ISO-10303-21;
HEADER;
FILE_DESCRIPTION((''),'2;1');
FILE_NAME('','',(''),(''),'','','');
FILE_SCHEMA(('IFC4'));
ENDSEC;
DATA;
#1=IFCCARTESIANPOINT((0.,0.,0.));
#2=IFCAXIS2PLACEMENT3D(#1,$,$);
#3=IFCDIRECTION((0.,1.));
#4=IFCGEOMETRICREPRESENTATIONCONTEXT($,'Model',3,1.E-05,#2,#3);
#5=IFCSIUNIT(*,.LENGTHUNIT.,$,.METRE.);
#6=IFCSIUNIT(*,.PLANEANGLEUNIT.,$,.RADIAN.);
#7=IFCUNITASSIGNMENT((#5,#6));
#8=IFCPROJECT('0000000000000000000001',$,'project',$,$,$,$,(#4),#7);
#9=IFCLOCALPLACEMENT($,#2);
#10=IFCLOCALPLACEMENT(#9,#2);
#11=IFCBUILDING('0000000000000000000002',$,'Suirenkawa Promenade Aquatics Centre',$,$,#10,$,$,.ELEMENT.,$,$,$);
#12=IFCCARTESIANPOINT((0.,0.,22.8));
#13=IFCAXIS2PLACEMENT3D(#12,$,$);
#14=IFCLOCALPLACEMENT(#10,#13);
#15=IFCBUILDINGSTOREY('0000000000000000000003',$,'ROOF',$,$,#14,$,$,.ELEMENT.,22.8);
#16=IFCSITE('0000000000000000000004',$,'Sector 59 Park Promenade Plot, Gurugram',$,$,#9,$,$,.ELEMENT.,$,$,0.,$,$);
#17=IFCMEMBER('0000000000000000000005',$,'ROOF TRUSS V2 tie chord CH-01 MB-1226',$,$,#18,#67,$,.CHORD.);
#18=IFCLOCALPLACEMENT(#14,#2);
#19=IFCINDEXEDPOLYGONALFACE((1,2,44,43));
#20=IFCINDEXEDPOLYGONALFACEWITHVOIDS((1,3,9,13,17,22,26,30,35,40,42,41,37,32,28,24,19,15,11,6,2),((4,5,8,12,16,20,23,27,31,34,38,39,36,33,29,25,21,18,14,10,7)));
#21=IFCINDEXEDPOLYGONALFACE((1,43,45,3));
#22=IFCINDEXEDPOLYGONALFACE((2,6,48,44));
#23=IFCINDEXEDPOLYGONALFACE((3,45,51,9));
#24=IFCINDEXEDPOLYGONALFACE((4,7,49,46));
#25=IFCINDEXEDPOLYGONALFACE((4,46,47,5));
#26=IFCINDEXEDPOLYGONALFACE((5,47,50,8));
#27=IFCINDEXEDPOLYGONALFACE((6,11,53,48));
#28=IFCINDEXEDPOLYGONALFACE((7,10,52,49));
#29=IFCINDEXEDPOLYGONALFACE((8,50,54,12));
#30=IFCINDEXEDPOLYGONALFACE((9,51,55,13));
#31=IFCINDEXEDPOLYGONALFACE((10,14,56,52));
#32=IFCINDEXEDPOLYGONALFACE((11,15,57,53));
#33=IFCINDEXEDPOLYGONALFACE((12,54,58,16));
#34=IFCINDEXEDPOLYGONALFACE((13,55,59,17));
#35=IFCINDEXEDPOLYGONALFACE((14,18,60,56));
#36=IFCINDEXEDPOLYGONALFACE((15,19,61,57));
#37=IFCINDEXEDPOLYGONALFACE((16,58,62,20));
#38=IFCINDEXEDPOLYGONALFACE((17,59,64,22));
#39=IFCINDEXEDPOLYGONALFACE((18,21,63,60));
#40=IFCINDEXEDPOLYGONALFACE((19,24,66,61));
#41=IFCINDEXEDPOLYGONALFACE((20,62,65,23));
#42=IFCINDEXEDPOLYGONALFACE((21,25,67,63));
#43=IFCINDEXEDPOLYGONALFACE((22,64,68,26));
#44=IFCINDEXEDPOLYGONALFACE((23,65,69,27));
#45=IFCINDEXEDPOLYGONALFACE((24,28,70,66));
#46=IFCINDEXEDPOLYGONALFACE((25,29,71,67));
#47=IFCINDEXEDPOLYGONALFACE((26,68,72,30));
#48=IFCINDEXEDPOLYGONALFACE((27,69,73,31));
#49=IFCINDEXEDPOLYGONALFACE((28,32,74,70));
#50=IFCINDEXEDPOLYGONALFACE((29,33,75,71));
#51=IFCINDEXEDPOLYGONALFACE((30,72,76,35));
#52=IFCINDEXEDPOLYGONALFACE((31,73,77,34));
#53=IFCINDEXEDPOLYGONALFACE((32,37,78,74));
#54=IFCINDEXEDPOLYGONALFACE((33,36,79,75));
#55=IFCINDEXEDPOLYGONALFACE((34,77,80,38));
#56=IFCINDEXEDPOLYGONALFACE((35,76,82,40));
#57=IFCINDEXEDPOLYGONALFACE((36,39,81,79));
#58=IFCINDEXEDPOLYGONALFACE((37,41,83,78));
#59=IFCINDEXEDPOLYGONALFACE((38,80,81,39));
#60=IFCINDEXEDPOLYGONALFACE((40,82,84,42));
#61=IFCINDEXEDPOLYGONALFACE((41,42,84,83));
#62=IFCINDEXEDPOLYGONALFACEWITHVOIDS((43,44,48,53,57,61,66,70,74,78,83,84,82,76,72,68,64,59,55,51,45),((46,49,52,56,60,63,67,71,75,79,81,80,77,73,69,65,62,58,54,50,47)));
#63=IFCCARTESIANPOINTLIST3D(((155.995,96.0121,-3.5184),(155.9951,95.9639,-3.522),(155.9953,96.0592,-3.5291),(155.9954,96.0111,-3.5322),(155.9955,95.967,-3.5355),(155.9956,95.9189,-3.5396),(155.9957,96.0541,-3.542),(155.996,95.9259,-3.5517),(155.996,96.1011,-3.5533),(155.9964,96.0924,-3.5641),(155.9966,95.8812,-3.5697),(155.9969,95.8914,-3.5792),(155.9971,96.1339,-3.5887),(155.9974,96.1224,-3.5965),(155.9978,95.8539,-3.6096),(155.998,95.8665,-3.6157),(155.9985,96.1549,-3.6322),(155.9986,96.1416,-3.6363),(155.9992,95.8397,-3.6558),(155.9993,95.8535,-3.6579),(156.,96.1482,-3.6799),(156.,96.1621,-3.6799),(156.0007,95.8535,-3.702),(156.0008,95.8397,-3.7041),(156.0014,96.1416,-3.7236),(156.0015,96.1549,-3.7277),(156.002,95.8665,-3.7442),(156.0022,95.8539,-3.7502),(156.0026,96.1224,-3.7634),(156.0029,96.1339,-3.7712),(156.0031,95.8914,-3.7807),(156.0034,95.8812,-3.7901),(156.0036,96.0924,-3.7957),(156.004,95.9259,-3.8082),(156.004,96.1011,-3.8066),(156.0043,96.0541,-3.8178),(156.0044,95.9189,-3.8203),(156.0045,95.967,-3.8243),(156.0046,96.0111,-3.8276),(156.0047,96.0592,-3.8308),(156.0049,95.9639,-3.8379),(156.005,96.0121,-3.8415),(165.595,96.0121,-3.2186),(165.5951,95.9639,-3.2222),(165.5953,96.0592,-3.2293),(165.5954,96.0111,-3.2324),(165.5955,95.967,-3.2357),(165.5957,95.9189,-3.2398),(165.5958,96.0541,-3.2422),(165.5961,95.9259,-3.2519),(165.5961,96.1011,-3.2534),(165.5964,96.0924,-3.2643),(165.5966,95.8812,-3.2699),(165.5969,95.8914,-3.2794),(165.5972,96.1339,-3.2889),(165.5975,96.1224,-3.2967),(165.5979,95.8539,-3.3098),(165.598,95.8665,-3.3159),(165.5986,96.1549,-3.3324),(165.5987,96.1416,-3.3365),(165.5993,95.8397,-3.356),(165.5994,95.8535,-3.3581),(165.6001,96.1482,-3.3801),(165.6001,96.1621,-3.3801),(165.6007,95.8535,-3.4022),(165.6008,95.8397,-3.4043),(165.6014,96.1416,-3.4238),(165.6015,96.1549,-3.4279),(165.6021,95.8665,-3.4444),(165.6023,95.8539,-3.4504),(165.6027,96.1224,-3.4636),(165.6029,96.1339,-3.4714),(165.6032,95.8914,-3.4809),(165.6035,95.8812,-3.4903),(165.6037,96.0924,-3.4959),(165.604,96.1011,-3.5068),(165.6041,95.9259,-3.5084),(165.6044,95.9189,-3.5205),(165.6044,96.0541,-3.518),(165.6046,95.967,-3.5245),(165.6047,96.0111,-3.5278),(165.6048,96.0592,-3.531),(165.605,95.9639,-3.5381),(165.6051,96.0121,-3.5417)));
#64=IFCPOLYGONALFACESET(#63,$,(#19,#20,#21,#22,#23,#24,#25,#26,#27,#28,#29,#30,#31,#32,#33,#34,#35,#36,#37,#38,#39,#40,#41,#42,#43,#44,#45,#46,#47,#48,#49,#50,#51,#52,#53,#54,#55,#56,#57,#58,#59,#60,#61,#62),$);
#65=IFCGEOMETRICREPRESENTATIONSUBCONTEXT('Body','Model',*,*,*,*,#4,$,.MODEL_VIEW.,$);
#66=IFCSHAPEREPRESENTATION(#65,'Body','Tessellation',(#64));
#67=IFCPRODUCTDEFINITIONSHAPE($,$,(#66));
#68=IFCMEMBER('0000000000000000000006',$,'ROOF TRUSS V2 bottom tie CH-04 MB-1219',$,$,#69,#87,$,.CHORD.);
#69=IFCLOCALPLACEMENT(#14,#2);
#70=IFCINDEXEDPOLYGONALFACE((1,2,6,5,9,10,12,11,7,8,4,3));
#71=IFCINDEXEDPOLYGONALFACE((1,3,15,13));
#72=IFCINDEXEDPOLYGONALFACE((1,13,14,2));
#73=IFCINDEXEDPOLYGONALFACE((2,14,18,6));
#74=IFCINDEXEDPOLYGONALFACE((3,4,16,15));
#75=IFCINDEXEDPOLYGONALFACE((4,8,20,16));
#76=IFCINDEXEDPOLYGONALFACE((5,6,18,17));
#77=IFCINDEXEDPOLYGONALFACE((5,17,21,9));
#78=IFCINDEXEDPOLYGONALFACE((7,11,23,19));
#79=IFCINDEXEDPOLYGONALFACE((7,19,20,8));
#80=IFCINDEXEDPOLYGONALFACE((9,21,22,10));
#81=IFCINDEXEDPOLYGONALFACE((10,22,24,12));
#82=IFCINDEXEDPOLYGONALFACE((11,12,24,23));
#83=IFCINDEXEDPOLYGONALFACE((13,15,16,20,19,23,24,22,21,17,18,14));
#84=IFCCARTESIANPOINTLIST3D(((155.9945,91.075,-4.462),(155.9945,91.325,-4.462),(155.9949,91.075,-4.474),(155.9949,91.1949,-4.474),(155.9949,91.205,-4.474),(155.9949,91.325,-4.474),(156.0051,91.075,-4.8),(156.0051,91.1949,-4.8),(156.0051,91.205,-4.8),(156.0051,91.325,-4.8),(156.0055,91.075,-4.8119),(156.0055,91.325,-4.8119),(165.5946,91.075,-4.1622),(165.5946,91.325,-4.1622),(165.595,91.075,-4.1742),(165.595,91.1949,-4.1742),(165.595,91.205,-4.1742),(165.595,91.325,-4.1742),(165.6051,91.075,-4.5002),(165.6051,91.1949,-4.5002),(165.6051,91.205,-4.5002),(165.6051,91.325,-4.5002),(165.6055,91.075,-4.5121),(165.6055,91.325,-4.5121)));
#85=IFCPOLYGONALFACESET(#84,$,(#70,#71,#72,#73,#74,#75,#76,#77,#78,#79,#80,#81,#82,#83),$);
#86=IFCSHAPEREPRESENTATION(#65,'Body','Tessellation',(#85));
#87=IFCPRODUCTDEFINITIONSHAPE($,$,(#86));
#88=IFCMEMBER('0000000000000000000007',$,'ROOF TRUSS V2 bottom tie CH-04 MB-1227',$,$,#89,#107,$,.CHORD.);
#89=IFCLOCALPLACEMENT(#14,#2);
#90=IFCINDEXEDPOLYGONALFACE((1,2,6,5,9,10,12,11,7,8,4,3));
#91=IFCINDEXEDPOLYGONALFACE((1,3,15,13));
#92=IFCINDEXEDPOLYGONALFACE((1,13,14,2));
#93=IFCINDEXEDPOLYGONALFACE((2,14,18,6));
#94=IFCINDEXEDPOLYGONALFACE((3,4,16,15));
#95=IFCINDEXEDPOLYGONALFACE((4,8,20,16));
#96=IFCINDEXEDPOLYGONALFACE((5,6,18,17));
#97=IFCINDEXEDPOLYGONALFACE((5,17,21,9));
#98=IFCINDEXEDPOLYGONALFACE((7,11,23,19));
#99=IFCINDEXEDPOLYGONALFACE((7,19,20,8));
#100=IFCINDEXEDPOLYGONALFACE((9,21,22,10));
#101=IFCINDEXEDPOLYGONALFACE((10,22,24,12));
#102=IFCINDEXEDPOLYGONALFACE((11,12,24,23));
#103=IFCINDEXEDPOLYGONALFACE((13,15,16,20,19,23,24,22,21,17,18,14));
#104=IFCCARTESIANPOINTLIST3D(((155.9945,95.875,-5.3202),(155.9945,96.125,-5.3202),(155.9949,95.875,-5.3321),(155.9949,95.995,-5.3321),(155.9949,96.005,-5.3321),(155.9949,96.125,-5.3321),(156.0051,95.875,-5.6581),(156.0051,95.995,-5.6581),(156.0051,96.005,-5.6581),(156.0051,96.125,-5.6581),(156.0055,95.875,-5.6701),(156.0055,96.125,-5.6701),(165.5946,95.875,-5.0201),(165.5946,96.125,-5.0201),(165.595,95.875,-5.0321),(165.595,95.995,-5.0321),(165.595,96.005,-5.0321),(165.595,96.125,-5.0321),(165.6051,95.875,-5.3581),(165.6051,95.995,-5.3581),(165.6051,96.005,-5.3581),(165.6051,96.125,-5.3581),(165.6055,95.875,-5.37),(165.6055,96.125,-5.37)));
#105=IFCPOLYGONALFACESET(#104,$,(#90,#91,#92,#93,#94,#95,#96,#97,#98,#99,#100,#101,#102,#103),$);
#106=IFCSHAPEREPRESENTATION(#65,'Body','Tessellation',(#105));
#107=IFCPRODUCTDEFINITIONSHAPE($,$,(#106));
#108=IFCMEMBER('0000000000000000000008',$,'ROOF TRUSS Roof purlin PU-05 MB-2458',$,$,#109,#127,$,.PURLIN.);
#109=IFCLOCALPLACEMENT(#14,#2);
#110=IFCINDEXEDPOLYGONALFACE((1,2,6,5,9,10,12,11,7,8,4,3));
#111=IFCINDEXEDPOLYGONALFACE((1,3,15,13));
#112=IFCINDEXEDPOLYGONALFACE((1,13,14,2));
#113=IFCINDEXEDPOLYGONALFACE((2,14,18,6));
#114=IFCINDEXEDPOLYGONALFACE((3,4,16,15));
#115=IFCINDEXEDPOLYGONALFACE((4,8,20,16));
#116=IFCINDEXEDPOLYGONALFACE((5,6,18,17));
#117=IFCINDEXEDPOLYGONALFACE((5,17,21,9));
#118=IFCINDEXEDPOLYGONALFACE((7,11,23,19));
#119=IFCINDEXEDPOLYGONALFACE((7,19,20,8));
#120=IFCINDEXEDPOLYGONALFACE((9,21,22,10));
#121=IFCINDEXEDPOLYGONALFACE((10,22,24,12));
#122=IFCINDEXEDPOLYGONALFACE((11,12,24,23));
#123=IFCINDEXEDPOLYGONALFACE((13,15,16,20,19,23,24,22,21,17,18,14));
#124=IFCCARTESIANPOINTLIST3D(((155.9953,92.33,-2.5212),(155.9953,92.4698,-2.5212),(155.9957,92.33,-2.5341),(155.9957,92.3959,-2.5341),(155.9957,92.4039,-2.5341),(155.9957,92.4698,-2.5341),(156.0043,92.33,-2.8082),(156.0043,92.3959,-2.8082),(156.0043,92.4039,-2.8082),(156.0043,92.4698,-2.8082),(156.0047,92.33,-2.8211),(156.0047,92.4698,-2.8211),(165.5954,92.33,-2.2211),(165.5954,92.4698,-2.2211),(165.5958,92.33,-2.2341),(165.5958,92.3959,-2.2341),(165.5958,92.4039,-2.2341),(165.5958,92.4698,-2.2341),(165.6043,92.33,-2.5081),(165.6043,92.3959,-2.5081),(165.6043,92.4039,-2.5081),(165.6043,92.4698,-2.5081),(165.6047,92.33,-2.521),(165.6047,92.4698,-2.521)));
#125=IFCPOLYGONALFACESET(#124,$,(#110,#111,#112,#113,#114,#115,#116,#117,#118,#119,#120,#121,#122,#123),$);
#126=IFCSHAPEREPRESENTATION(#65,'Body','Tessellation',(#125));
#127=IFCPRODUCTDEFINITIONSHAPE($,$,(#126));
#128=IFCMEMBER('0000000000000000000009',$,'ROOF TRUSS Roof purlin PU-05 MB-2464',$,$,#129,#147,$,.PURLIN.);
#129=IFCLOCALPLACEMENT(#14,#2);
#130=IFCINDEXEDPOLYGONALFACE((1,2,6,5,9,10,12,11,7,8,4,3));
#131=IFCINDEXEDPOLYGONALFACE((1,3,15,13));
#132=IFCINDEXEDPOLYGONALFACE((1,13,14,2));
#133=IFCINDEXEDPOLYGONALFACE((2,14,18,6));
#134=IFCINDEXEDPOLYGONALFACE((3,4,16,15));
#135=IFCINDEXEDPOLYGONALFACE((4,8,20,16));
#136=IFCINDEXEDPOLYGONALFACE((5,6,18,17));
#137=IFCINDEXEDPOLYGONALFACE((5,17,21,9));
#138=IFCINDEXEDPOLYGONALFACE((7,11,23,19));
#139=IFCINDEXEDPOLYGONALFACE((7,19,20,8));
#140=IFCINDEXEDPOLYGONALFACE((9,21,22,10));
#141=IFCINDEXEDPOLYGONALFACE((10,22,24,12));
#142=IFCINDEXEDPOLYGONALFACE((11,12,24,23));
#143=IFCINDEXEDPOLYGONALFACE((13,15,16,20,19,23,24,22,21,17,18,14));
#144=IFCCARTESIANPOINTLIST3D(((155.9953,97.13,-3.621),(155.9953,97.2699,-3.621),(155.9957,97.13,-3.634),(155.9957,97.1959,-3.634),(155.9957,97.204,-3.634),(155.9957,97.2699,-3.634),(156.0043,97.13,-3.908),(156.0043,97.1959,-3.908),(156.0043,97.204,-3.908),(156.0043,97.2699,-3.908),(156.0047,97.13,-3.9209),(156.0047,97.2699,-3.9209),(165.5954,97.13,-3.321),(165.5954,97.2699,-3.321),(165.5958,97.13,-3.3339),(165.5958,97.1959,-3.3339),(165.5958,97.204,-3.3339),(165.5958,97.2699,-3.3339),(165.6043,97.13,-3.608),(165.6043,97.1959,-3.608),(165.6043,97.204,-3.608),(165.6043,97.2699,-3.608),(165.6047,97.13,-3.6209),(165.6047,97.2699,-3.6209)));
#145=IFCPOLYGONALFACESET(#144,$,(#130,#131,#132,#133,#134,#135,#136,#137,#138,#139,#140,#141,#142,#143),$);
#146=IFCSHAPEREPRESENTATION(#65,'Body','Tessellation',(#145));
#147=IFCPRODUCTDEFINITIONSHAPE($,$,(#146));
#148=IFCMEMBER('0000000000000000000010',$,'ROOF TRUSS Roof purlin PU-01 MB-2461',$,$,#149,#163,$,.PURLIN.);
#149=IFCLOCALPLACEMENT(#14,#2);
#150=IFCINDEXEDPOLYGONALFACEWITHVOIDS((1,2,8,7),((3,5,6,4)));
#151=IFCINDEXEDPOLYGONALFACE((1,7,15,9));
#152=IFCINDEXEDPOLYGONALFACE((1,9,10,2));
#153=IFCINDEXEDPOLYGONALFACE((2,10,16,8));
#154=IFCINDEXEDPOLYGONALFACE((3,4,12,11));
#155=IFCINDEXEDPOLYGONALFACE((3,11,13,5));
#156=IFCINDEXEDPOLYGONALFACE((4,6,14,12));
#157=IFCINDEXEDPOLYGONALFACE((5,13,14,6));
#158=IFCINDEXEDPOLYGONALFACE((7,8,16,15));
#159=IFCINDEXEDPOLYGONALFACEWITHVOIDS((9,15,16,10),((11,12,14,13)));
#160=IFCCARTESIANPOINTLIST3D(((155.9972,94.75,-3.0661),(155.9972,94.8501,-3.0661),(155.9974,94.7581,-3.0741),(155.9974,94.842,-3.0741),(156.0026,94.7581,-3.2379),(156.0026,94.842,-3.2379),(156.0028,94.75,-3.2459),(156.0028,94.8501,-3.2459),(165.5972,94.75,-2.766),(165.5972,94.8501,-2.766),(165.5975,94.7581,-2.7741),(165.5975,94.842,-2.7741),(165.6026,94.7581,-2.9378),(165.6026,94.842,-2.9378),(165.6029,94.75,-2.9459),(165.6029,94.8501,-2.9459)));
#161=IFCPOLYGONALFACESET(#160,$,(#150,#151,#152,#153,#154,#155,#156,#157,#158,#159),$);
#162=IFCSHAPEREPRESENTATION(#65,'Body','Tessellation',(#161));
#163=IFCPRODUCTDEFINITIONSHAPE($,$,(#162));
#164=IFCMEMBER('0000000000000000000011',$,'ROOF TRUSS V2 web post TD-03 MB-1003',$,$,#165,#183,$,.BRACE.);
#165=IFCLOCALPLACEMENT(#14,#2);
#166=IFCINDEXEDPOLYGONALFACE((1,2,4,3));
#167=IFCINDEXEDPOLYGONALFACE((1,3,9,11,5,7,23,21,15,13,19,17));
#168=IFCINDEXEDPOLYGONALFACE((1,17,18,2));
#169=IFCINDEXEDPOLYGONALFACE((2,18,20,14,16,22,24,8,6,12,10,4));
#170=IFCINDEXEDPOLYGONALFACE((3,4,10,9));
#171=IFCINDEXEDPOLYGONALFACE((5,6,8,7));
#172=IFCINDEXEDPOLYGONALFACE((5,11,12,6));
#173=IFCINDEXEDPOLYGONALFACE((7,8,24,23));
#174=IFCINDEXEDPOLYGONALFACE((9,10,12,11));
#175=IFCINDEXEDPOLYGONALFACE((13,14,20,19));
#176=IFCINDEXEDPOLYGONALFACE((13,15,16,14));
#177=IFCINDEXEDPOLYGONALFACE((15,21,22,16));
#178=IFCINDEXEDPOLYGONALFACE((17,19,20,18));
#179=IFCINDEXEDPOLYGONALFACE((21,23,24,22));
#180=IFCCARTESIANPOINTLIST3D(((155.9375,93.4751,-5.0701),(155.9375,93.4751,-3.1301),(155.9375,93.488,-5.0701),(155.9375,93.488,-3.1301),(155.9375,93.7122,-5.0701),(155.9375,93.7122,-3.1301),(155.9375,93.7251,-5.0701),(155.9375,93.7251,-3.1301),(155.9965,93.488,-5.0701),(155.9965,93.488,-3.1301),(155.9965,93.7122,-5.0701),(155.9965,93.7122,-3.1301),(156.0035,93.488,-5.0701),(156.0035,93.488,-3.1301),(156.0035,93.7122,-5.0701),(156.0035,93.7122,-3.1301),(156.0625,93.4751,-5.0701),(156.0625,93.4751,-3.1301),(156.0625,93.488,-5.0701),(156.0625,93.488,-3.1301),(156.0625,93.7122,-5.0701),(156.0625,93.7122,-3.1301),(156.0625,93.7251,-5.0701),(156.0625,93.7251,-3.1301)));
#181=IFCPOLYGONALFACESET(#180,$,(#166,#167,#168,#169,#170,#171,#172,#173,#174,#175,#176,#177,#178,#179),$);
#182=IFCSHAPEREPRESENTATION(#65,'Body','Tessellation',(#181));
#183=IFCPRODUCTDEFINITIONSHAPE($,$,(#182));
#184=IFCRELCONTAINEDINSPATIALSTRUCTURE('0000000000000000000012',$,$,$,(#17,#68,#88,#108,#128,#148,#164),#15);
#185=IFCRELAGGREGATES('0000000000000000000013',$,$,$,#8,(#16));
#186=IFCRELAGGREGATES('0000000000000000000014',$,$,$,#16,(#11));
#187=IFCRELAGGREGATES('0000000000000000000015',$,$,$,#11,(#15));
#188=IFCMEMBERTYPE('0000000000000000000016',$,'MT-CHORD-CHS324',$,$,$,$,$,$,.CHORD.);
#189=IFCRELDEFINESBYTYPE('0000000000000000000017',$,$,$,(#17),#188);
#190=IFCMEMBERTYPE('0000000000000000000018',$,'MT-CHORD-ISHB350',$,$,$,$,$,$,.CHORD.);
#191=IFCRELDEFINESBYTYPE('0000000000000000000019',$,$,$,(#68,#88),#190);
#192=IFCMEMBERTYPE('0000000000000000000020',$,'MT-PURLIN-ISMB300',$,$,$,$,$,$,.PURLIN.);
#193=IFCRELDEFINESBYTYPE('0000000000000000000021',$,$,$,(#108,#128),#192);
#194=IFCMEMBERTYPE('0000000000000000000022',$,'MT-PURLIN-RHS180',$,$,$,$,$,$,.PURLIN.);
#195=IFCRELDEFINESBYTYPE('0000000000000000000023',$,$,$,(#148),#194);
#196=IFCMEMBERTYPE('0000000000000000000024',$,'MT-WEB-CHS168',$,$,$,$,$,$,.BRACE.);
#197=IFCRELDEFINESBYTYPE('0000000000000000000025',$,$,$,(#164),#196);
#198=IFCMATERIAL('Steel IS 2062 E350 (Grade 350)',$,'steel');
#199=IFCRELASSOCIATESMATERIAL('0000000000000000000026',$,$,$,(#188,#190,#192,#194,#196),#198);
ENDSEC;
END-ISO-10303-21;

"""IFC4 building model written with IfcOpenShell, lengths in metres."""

from ifc_helpers import new_model, si_unit, direction, frame, origin, origin_2d, place, context, subcontext, project, spatial, hollow_rectangle, hollow_circle, i_section, extrude, material, material_profile, profile_set, type_object, element, save


model = new_model("IFC4")

# Units and contexts
model_context = context("Model", 3, precision=1e-05, world=origin(), true_north=direction((0.0, 1.0)))
body_context = subcontext(model_context, "Body", "Model", "MODEL_VIEW")
ifc_project = project(units=[si_unit("LENGTHUNIT", "METRE"), si_unit("PLANEANGLEUNIT", "RADIAN")], contexts=[model_context])

# Site, building, storey
site_placement = place(None, origin())
site = spatial("IfcSite", under=ifc_project, at=site_placement, Name="Sector 59 Park Promenade Plot, Gurugram", CompositionType="ELEMENT", RefElevation=0.0)
building_placement = place(site_placement, origin())
building = spatial("IfcBuilding", under=site, at=building_placement, Name="Suirenkawa Promenade Aquatics Centre", CompositionType="ELEMENT")
storey_placement = place(building_placement, frame((0.0, 0.0, 22.8)))
storey = spatial("IfcBuildingStorey", under=building, at=storey_placement, Name="ROOF", CompositionType="ELEMENT", Elevation=22.8)

# Shared definitions
ifc_material = material(Name="Steel IS 2062 E350 (Grade 350)", Category="steel")

# Members
ifc_material_profile_1 = material_profile(ifc_material, hollow_circle(Radius=0.1621, WallThickness=0.0139, at=origin_2d()), Name="CHS 324x14", Category="steel")
ifc_profile_set_1 = profile_set([ifc_material_profile_1], Name="Steel IS 2062 E350 (Grade 350)")
member_type_1 = type_object("IfcMemberType", Name="MT-CHORD-CHS324", PredefinedType="CHORD", material=ifc_profile_set_1)
member_1_placement = place(storey_placement, frame((156.0, 96.0, -3.6799), z_axis=(0.999513, 0.0, 0.031214), x_axis=(0.0, 1.0, 0.0)))
element("IfcMember", 1, at=member_1_placement, inside=storey, type_object=member_type_1, Name="ROOF TRUSS V2 tie chord CH-01 MB-1226", PredefinedType="CHORD", context=body_context, shape_type="SweptSolid", body=[
    extrude(hollow_circle(Radius=0.1621, WallThickness=0.0139, at=origin_2d()), origin(), (0.0, 0.0, 1.0), 9.6047),
])
ifc_material_profile_2 = material_profile(ifc_material, i_section(OverallWidth=0.25, OverallDepth=0.3501, WebThickness=0.01, FlangeThickness=0.012, at=origin_2d()), Name="ISHB 350", Category="steel")
ifc_profile_set_2 = profile_set([ifc_material_profile_2], Name="Steel IS 2062 E350 (Grade 350)")
member_type_2 = type_object("IfcMemberType", Name="MT-CHORD-ISHB350", PredefinedType="CHORD", material=ifc_profile_set_2)
for number, where, z_axis, x_axis, name in (
    (2, (156.0, 91.2, -4.637), (0.999513, 0.0, 0.031214), (0.0, 1.0, 0.0), "ROOF TRUSS V2 bottom tie CH-04 MB-1219"),
    (3, (156.0, 96.0, -5.4951), (0.999512, 0.0, 0.03124), (0.0, 1.0, 0.0), "ROOF TRUSS V2 bottom tie CH-04 MB-1227"),
):
    element("IfcMember", number, at=place(storey_placement, frame(where, z_axis=z_axis, x_axis=x_axis)), inside=storey, type_object=member_type_2, Name=name, PredefinedType="CHORD", context=body_context, shape_type="SweptSolid", body=[
        extrude(i_section(OverallWidth=0.25, OverallDepth=0.3501, WebThickness=0.01, FlangeThickness=0.012, at=origin_2d()), origin(), (0.0, 0.0, 1.0), 9.6047),
    ])
ifc_material_profile_3 = material_profile(ifc_material, i_section(OverallWidth=0.1399, OverallDepth=0.3, WebThickness=0.0081, FlangeThickness=0.0129, at=origin_2d()), Name="ISMB 300", Category="steel")
ifc_profile_set_3 = profile_set([ifc_material_profile_3], Name="Steel IS 2062 E350 (Grade 350)")
member_type_3 = type_object("IfcMemberType", Name="MT-PURLIN-ISMB300", PredefinedType="PURLIN", material=ifc_profile_set_3)
for number, where, z_axis, x_axis, name in (
    (4, (156.0, 92.3999, -2.6711), (0.999512, 0.0, 0.03124), (0.0, 1.0, 0.0), "ROOF TRUSS Roof purlin PU-05 MB-2458"),
    (5, (156.0, 97.2, -3.771), (0.999512, 0.0, 0.03124), (0.0, 1.0, 0.0), "ROOF TRUSS Roof purlin PU-05 MB-2464"),
):
    element("IfcMember", number, at=place(storey_placement, frame(where, z_axis=z_axis, x_axis=x_axis)), inside=storey, type_object=member_type_3, Name=name, PredefinedType="PURLIN", context=body_context, shape_type="SweptSolid", body=[
        extrude(i_section(OverallWidth=0.1399, OverallDepth=0.3, WebThickness=0.0081, FlangeThickness=0.0129, at=origin_2d()), origin(), (0.0, 0.0, 1.0), 9.6047),
    ])
ifc_material_profile_4 = material_profile(ifc_material, hollow_rectangle(XDim=0.1001, YDim=0.1799, WallThickness=0.0081, at=origin_2d()), Name="RHS 180x100x8", Category="steel")
ifc_profile_set_4 = profile_set([ifc_material_profile_4], Name="Steel IS 2062 E350 (Grade 350)")
member_type_4 = type_object("IfcMemberType", Name="MT-PURLIN-RHS180", PredefinedType="PURLIN", material=ifc_profile_set_4)
member_2_placement = place(storey_placement, frame((156.0, 94.8, -3.156), z_axis=(0.999512, 0.0, 0.03124), x_axis=(0.0, 1.0, 0.0)))
element("IfcMember", 6, at=member_2_placement, inside=storey, type_object=member_type_4, Name="ROOF TRUSS Roof purlin PU-01 MB-2461", PredefinedType="PURLIN", context=body_context, shape_type="SweptSolid", body=[
    extrude(hollow_rectangle(XDim=0.1001, YDim=0.1799, WallThickness=0.0081, at=origin_2d()), origin(), (0.0, 0.0, 1.0), 9.6047),
])
ifc_material_profile_5 = material_profile(ifc_material, i_section(OverallWidth=0.125, OverallDepth=0.25, WebThickness=0.0071, FlangeThickness=0.0129, at=origin_2d()), Name="ISMB 250", Category="steel")
ifc_profile_set_5 = profile_set([ifc_material_profile_5], Name="Steel IS 2062 E350 (Grade 350)")
member_type_5 = type_object("IfcMemberType", Name="MT-WEB-CHS168", PredefinedType="BRACE", material=ifc_profile_set_5)
member_3_placement = place(storey_placement, frame((156.0, 93.6001, -5.0701), z_axis=(0.0, 0.0, 1.0), x_axis=(1.0, 0.0, 0.0)))
element("IfcMember", 7, at=member_3_placement, inside=storey, type_object=member_type_5, Name="ROOF TRUSS V2 web post TD-03 MB-1003", PredefinedType="BRACE", context=body_context, shape_type="SweptSolid", body=[
    extrude(i_section(OverallWidth=0.125, OverallDepth=0.25, WebThickness=0.0071, FlangeThickness=0.0129, at=origin_2d()), origin(), (0.0, 0.0, 1.0), 1.9399),
])

save(model, "model.ifc")
